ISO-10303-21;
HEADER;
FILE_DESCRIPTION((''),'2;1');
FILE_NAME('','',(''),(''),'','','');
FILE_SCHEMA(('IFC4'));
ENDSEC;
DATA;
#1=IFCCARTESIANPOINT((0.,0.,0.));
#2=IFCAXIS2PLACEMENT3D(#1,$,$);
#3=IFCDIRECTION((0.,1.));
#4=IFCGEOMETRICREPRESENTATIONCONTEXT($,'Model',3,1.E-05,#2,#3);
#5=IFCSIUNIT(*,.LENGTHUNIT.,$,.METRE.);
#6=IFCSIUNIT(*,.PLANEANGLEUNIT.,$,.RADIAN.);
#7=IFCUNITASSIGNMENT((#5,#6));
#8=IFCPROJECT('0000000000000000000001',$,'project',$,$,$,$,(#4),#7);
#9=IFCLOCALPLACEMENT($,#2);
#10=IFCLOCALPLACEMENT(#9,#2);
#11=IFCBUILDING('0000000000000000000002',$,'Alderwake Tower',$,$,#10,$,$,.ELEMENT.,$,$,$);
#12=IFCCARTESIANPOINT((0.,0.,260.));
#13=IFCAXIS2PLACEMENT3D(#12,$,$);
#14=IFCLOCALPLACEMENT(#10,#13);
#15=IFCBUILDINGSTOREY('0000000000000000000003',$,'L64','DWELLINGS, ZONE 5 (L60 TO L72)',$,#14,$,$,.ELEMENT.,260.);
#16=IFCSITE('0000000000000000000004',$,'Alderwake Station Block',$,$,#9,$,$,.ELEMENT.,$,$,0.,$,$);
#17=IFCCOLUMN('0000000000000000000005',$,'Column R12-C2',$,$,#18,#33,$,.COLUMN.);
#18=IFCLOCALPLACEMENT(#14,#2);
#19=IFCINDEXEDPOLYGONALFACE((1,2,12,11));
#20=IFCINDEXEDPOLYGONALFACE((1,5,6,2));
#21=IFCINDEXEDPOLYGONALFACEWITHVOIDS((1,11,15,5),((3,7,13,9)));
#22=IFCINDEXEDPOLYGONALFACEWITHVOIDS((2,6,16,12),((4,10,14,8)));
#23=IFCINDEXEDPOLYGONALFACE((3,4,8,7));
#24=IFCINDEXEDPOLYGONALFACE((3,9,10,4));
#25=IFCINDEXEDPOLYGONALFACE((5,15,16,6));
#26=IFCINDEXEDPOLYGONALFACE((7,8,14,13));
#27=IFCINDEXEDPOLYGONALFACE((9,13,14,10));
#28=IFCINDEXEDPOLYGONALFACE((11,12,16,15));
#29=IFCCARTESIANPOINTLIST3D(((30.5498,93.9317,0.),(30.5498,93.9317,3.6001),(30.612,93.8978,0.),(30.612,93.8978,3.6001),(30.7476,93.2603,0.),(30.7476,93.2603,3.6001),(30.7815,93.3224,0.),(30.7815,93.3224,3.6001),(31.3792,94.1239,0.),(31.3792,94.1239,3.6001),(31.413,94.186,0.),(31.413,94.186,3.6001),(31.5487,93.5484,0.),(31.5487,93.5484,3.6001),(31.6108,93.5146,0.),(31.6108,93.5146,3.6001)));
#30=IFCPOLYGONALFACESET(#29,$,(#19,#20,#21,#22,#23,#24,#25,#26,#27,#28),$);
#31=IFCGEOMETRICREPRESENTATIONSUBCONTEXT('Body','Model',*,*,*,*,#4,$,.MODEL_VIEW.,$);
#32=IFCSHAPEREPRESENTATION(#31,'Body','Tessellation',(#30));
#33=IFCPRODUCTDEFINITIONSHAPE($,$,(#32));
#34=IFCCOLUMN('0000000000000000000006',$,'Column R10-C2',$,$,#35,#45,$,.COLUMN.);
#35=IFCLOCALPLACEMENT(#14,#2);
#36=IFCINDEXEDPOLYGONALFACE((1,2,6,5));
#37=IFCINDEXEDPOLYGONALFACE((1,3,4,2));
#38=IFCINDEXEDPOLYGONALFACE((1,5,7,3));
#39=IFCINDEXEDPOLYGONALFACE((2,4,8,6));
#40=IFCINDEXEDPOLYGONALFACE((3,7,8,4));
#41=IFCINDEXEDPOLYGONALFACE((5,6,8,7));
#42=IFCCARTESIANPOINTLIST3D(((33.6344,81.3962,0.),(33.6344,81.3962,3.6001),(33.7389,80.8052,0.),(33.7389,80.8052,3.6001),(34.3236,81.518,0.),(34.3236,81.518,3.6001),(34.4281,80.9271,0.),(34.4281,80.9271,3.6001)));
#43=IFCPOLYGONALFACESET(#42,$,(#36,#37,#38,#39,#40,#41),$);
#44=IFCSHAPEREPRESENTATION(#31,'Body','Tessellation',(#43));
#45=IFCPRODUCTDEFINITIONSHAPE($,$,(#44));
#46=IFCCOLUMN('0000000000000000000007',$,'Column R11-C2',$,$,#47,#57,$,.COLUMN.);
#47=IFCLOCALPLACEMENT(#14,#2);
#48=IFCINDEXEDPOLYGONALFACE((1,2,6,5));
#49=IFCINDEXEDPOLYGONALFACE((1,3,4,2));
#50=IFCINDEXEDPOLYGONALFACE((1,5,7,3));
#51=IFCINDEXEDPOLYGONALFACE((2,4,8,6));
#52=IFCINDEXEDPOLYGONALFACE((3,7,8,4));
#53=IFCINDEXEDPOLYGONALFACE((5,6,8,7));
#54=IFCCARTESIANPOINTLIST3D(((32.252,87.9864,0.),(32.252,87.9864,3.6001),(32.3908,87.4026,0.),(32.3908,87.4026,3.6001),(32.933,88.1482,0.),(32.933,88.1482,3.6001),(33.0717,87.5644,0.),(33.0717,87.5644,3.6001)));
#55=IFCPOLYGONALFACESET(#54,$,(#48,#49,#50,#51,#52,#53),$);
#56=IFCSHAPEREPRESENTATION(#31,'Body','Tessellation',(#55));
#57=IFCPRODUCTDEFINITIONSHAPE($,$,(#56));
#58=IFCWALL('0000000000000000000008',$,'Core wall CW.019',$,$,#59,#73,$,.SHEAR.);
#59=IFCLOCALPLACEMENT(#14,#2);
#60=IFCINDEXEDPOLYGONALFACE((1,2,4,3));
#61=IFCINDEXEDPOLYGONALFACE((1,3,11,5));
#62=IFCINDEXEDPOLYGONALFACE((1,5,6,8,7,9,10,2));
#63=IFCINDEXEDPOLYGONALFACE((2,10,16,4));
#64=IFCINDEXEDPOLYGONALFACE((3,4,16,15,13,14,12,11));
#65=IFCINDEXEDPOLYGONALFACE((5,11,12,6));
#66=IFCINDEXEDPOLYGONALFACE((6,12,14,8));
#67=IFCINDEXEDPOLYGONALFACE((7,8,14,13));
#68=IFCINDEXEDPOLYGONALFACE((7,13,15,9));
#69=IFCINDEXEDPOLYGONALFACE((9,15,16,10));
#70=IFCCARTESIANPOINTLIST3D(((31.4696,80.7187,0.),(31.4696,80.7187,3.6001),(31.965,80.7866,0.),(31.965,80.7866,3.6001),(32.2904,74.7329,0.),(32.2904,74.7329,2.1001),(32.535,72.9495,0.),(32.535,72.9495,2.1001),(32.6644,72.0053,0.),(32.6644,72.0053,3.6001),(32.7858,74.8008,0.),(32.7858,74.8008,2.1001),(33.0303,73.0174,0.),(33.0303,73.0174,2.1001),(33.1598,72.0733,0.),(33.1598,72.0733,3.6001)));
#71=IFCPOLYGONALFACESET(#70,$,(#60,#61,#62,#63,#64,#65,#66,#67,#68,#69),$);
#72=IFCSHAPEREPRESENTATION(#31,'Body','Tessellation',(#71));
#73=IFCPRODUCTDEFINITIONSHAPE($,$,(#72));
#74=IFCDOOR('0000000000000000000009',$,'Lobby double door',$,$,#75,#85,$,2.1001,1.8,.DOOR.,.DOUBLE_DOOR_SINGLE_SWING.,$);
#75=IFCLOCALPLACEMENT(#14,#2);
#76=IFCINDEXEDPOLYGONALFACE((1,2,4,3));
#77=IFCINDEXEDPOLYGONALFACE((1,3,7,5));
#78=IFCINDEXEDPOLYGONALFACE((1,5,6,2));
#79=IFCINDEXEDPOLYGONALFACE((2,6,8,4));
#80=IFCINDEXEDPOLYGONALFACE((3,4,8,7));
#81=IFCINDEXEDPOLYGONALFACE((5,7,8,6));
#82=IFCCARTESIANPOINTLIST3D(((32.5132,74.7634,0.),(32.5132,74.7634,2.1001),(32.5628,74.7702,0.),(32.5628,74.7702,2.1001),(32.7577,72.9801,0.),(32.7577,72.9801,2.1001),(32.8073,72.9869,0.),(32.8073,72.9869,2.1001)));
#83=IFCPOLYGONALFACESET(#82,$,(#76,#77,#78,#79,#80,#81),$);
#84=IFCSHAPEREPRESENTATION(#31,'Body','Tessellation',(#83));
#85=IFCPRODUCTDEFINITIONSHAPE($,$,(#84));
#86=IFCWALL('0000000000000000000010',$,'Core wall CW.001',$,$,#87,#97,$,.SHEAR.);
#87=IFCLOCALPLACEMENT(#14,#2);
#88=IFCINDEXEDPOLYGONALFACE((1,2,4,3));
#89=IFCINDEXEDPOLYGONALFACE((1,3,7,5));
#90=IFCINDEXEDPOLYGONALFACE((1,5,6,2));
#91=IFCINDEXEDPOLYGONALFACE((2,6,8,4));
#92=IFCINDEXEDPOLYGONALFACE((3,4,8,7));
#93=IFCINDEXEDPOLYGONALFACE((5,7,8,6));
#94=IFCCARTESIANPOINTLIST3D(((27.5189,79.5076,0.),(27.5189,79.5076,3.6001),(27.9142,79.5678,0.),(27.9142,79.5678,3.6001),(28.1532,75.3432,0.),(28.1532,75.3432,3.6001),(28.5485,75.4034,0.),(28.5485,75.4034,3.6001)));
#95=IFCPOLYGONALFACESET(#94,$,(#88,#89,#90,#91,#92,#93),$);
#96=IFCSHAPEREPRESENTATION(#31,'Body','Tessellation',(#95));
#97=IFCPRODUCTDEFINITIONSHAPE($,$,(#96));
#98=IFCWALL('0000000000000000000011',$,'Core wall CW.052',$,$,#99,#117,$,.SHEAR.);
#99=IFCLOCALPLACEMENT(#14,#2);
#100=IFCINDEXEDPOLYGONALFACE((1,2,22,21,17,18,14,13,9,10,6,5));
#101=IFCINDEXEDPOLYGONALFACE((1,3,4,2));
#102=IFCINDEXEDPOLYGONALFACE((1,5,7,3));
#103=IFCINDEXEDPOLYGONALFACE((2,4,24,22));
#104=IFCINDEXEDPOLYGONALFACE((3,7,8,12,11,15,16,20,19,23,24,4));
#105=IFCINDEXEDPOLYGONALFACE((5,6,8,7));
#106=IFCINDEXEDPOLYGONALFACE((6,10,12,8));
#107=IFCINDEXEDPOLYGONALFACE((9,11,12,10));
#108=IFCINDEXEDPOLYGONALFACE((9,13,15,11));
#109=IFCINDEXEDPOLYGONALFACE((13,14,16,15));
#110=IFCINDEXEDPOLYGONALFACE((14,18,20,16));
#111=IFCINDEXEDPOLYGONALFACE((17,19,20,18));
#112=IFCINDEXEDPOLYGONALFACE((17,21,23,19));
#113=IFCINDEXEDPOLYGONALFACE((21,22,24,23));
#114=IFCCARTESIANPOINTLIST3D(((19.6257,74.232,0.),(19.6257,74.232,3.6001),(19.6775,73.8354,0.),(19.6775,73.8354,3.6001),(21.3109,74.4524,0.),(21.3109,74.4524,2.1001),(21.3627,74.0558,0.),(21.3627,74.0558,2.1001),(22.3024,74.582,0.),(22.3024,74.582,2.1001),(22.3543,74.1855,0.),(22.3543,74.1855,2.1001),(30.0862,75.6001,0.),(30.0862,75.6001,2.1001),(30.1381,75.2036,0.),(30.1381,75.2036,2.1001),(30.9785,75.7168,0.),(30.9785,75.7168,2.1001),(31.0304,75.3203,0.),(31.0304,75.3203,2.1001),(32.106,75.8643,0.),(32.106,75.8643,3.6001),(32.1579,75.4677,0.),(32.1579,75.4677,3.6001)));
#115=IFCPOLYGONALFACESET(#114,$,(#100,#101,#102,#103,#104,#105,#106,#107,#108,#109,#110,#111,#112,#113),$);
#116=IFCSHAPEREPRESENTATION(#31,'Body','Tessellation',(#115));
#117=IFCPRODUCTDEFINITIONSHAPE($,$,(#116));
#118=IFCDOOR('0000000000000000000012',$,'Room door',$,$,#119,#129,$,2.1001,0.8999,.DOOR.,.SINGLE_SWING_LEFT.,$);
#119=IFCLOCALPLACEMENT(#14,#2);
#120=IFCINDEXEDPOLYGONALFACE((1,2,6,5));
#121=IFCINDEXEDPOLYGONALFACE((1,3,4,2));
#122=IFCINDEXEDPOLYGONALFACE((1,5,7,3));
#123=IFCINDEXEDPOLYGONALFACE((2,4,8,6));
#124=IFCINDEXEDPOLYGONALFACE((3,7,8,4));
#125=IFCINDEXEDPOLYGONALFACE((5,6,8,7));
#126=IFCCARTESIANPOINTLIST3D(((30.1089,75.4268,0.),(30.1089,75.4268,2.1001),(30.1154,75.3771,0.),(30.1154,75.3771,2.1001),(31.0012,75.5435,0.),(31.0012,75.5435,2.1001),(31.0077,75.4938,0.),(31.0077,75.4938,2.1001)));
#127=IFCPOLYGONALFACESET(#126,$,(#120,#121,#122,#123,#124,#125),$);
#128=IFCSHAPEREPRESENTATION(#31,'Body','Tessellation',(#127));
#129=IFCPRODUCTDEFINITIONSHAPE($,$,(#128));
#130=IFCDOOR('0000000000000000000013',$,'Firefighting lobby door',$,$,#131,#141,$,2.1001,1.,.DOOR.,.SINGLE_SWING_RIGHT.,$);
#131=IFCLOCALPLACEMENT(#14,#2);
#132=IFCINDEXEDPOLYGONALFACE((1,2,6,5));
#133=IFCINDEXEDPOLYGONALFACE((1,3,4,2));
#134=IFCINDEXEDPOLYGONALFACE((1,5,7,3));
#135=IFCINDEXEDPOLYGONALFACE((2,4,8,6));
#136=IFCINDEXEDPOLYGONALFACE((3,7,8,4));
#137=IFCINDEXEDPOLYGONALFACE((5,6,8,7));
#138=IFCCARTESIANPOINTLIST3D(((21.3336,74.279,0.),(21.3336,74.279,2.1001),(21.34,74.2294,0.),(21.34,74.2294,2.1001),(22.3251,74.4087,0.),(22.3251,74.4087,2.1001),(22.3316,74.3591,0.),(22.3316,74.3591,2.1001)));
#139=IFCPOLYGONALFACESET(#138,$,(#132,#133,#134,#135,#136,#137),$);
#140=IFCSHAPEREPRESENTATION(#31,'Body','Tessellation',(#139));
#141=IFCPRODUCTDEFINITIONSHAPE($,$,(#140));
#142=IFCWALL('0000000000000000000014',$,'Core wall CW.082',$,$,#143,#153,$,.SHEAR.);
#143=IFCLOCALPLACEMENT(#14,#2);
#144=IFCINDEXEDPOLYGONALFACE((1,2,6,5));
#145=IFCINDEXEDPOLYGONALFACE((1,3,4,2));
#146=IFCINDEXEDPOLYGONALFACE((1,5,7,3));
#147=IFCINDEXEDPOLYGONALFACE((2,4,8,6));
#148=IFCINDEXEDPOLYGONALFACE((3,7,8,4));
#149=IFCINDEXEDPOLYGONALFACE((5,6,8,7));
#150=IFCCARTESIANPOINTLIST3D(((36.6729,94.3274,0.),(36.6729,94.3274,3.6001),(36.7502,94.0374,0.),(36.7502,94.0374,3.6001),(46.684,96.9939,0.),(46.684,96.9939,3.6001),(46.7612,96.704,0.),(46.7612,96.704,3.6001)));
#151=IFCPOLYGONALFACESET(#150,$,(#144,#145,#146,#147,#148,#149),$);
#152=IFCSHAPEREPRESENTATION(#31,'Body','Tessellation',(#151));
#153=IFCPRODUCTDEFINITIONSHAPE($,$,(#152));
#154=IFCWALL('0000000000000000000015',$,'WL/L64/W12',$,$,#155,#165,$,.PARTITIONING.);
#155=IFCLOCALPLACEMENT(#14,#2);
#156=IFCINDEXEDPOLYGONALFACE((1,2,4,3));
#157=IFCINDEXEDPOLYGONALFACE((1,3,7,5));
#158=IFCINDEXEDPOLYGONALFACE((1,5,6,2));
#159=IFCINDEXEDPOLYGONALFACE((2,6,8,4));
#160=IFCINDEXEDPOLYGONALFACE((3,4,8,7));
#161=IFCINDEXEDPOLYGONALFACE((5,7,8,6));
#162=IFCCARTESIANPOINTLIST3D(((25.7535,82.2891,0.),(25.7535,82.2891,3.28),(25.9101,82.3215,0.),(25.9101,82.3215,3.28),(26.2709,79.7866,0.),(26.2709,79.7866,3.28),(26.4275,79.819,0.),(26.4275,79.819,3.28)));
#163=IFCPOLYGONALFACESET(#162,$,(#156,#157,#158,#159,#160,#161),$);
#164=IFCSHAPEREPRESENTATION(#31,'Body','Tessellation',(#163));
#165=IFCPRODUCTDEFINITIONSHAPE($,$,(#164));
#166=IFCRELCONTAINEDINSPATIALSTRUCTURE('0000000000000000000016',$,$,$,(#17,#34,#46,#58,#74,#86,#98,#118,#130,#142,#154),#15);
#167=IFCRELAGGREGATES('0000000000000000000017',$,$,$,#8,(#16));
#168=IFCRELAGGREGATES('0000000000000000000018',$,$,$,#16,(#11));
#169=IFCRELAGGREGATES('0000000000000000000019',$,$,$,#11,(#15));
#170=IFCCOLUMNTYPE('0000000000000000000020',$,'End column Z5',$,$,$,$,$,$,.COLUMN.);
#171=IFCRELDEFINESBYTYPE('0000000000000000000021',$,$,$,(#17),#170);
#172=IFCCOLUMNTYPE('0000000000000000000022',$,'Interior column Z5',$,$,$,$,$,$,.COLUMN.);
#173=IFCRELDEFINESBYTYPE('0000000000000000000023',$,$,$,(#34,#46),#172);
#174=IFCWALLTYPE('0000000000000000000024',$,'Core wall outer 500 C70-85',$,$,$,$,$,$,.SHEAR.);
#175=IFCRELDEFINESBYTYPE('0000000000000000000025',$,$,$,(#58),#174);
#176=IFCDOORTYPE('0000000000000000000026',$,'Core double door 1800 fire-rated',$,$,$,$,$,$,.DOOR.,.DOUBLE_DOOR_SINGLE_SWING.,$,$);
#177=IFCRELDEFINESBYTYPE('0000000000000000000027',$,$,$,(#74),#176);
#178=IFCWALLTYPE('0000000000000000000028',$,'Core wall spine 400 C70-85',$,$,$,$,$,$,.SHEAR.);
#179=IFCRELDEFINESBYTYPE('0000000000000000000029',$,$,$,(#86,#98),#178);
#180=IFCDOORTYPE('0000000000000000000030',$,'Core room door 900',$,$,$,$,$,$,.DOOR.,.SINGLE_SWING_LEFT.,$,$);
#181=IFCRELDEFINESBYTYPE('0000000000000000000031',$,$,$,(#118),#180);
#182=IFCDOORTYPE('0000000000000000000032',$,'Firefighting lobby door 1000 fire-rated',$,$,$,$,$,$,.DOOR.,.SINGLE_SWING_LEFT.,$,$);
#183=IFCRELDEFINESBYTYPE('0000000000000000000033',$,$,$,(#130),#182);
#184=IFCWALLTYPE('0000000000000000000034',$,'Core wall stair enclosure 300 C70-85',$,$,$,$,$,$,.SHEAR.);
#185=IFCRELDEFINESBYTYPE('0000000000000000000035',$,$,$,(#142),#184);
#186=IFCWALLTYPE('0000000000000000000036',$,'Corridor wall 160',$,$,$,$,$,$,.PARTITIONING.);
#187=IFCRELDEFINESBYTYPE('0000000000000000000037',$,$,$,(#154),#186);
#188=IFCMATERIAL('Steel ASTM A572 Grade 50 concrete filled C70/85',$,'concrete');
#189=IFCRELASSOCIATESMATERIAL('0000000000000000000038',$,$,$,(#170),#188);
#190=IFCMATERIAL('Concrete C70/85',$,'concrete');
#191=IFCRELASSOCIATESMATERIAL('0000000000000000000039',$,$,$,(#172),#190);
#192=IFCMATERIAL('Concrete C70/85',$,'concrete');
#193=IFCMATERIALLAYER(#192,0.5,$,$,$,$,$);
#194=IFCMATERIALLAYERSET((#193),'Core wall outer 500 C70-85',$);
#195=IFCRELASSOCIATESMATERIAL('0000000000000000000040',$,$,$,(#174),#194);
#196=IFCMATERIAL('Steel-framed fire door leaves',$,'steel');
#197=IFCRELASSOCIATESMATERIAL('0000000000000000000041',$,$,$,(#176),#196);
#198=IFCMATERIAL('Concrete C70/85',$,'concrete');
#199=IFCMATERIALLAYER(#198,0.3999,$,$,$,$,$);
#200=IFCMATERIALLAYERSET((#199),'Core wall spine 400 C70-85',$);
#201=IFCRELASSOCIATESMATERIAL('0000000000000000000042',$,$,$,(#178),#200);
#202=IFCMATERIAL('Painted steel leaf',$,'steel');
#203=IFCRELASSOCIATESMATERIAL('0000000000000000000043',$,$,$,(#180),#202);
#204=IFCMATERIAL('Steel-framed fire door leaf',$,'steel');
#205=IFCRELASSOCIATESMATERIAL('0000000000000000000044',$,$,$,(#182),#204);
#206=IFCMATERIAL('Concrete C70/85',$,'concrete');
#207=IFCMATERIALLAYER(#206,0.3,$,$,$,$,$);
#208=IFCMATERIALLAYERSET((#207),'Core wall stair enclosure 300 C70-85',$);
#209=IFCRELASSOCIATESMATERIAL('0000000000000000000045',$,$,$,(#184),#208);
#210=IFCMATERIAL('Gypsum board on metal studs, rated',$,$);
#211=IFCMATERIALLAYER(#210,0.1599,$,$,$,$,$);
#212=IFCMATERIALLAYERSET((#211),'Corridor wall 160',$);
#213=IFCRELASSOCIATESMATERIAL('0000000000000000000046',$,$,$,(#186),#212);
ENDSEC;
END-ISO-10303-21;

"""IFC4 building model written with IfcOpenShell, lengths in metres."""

from ifc_helpers import new_model, si_unit, direction, frame, frame_2d, origin, origin_2d, place, context, subcontext, project, spatial, rectangle, hollow_rectangle, extrude, material, layer, layer_set, material_profile, profile_set, type_object, element, fill, save


model = new_model("IFC4")

# Units and contexts
model_context = context("Model", 3, precision=1e-05, world=origin(), true_north=direction((0.0, 1.0)))
body_context = subcontext(model_context, "Body", "Model", "MODEL_VIEW")
ifc_project = project(units=[si_unit("LENGTHUNIT", "METRE"), si_unit("PLANEANGLEUNIT", "RADIAN")], contexts=[model_context])

# Site, building, storey
site_placement = place(None, origin())
site = spatial("IfcSite", under=ifc_project, at=site_placement, Name="Alderwake Station Block", CompositionType="ELEMENT", RefElevation=0.0)
building_placement = place(site_placement, origin())
building = spatial("IfcBuilding", under=site, at=building_placement, Name="Alderwake Tower", CompositionType="ELEMENT")
storey_placement = place(building_placement, frame((0.0, 0.0, 260.0)))
storey = spatial("IfcBuildingStorey", under=building, at=storey_placement, Name="L64", Description="DWELLINGS, ZONE 5 (L60 TO L72)", CompositionType="ELEMENT", Elevation=260.0)

# Columns
ifc_material_1 = material(Name="Steel ASTM A572 Grade 50 concrete filled C70/85", Category="concrete")
ifc_material_profile_1 = material_profile(ifc_material_1, hollow_rectangle(XDim=0.7, YDim=0.8999, WallThickness=0.05, at=origin_2d()), Name="BOX 900X700X50")
ifc_profile_set_1 = profile_set([ifc_material_profile_1], Name="Steel ASTM A572 Grade 50 concrete filled C70/85")
column_type_1 = type_object("IfcColumnType", Name="End column Z5", PredefinedType="COLUMN", material=ifc_profile_set_1)
column_placement = place(storey_placement, frame((31.0803, 93.7231, 0.0), z_axis=(0.0, 0.0, 1.0), x_axis=(-0.282583, 0.959243, 0.0)))
element("IfcColumn", 1, at=column_placement, inside=storey, type_object=column_type_1, Name="Column R12-C2", PredefinedType="COLUMN", context=body_context, shape_type="SweptSolid", body=[
    extrude(hollow_rectangle(XDim=0.7, YDim=0.8999, WallThickness=0.05, at=origin_2d()), origin(), (0.0, 0.0, 1.0), 3.6001),
])
ifc_material_2 = material(Name="Concrete C70/85", Category="concrete")
ifc_material_profile_2 = material_profile(ifc_material_2, rectangle(XDim=0.6001, YDim=0.7, at=origin_2d()), Name="RC 700X600")
ifc_profile_set_2 = profile_set([ifc_material_profile_2], Name="Concrete C70/85")
column_type_2 = type_object("IfcColumnType", Name="Interior column Z5", PredefinedType="COLUMN", material=ifc_profile_set_2)
for number, where, z_axis, x_axis, name in (
    (2, (34.0312, 81.1616, 0.0), (0.0, 0.0, 1.0), (-0.174109, 0.984726, 0.0), "Column R10-C2"),
    (3, (32.6619, 87.7754, 0.0), (0.0, 0.0, 1.0), (-0.231222, 0.972901, 0.0), "Column R11-C2"),
):
    element("IfcColumn", number, at=place(storey_placement, frame(where, z_axis=z_axis, x_axis=x_axis)), inside=storey, type_object=column_type_2, Name=name, PredefinedType="COLUMN", context=body_context, shape_type="SweptSolid", body=[
        extrude(rectangle(XDim=0.6001, YDim=0.7, at=origin_2d()), origin(), (0.0, 0.0, 1.0), 3.6001),
    ])

# Wall, opening, door
ifc_material_3 = material(Name="Concrete C70/85", Category="concrete")
ifc_layer_1 = layer(ifc_material_3, 0.5)
ifc_layer_set_1 = layer_set([ifc_layer_1], Name="Core wall outer 500 C70-85")
wall_type_1 = type_object("IfcWallType", Name="Core wall outer 500 C70-85", PredefinedType="SHEAR", material=ifc_layer_set_1)
wall_1_placement = place(storey_placement, frame((31.7173, 80.7527, 0.0), z_axis=(0.0, 0.0, 1.0), x_axis=(0.135854, -0.990729, 0.0)))
wall_1 = element("IfcWall", 4, at=wall_1_placement, inside=storey, type_object=wall_type_1, Name="Core wall CW.019", PredefinedType="SHEAR", context=body_context, shape_type="SweptSolid", body=[
    extrude(rectangle(XDim=8.7949, YDim=0.5, at=frame_2d((4.3975, 0.0))), origin(), (0.0, 0.0, 1.0), 3.6001),
])
opening_1_placement = place(wall_1_placement, frame((6.042, 0.0, 0.0)))
opening_1 = element("IfcOpeningElement", 5, at=opening_1_placement, cuts=wall_1, PredefinedType="OPENING", context=body_context, shape_type="SweptSolid", body=[
    extrude(rectangle(XDim=1.8, YDim=2.1001, at=frame_2d((0.8999, 1.05))), frame((0.0, 0.26, 0.0), z_axis=(0.0, -1.0, 0.0), x_axis=(1.0, 0.0, 0.0)), (0.0, 0.0, 1.0), 0.52),
])
ifc_material_4 = material(Name="Steel-framed fire door leaves", Category="steel")
door_type_1 = type_object("IfcDoorType", Name="Core double door 1800 fire-rated", OperationType="DOUBLE_DOOR_SINGLE_SWING", PredefinedType="DOOR", material=ifc_material_4)
door_1_placement = place(opening_1_placement, origin())
door_1 = element("IfcDoor", 6, at=door_1_placement, inside=storey, type_object=door_type_1, Name="Lobby double door", OperationType="DOUBLE_DOOR_SINGLE_SWING", OverallHeight=2.1001, OverallWidth=1.8, PredefinedType="DOOR", context=body_context, shape_type="SweptSolid", body=[
    extrude(rectangle(XDim=1.8, YDim=2.1001, at=frame_2d((0.8999, 1.05))), frame((0.0, 0.0249, 0.0), z_axis=(0.0, -1.0, 0.0), x_axis=(1.0, 0.0, 0.0)), (0.0, 0.0, 1.0), 0.05),
])
fill(opening_1, door_1)

# Wall
ifc_material_5 = material(Name="Concrete C70/85", Category="concrete")
ifc_layer_2 = layer(ifc_material_5, 0.3999)
ifc_layer_set_2 = layer_set([ifc_layer_2], Name="Core wall spine 400 C70-85")
wall_type_2 = type_object("IfcWallType", Name="Core wall spine 400 C70-85", PredefinedType="SHEAR", material=ifc_layer_set_2)
wall_2_placement = place(storey_placement, frame((28.3508, 75.3733, 0.0), z_axis=(0.0, 0.0, 1.0), x_axis=(-0.150576, 0.988598, 0.0)))
element("IfcWall", 7, at=wall_2_placement, inside=storey, type_object=wall_type_2, Name="Core wall CW.001", PredefinedType="SHEAR", context=body_context, shape_type="SweptSolid", body=[
    extrude(rectangle(XDim=4.2124, YDim=0.3999, at=frame_2d((2.1062, 0.0))), origin(), (0.0, 0.0, 1.0), 3.6001),
])

# Wall, openings, doors
wall_3_placement = place(storey_placement, frame((32.1321, 75.666, 0.0), z_axis=(0.0, 0.0, 1.0), x_axis=(-0.991555, -0.129686, 0.0)))
wall_3 = element("IfcWall", 8, at=wall_3_placement, inside=storey, type_object=wall_type_2, Name="Core wall CW.052", PredefinedType="SHEAR", context=body_context, shape_type="SweptSolid", body=[
    extrude(rectangle(XDim=12.5867, YDim=0.3999, at=frame_2d((6.2935, 0.0))), origin(), (0.0, 0.0, 1.0), 3.6001),
])
opening_2_placement = place(wall_3_placement, frame((9.8872, 0.0, 0.0)))
opening_2 = element("IfcOpeningElement", 9, at=opening_2_placement, cuts=wall_3, PredefinedType="OPENING", context=body_context, shape_type="SweptSolid", body=[
    extrude(rectangle(XDim=1.0, YDim=2.1001, at=frame_2d((0.5, 1.05))), frame((0.0, 0.21, 0.0), z_axis=(0.0, -1.0, 0.0), x_axis=(1.0, 0.0, 0.0)), (0.0, 0.0, 1.0), 0.4199),
])
opening_3_placement = place(wall_3_placement, frame((1.1372, 0.0, 0.0)))
opening_3 = element("IfcOpeningElement", 10, at=opening_3_placement, cuts=wall_3, PredefinedType="OPENING", context=body_context, shape_type="SweptSolid", body=[
    extrude(rectangle(XDim=0.8999, YDim=2.1001, at=frame_2d((0.45, 1.05))), frame((0.0, 0.21, 0.0), z_axis=(0.0, -1.0, 0.0), x_axis=(1.0, 0.0, 0.0)), (0.0, 0.0, 1.0), 0.4199),
])
ifc_material_6 = material(Name="Painted steel leaf", Category="steel")
door_type_2 = type_object("IfcDoorType", Name="Core room door 900", OperationType="SINGLE_SWING_LEFT", PredefinedType="DOOR", material=ifc_material_6)
door_2_placement = place(opening_3_placement, origin())
door_2 = element("IfcDoor", 11, at=door_2_placement, inside=storey, type_object=door_type_2, Name="Room door", OperationType="SINGLE_SWING_LEFT", OverallHeight=2.1001, OverallWidth=0.8999, PredefinedType="DOOR", context=body_context, shape_type="SweptSolid", body=[
    extrude(rectangle(XDim=0.8999, YDim=2.1001, at=frame_2d((0.45, 1.05))), frame((0.0, 0.0249, 0.0), z_axis=(0.0, -1.0, 0.0), x_axis=(1.0, 0.0, 0.0)), (0.0, 0.0, 1.0), 0.05),
])
fill(opening_3, door_2)
ifc_material_7 = material(Name="Steel-framed fire door leaf", Category="steel")
door_type_3 = type_object("IfcDoorType", Name="Firefighting lobby door 1000 fire-rated", OperationType="SINGLE_SWING_LEFT", PredefinedType="DOOR", material=ifc_material_7)
door_3_placement = place(opening_2_placement, origin())
door_3 = element("IfcDoor", 12, at=door_3_placement, inside=storey, type_object=door_type_3, Name="Firefighting lobby door", OperationType="SINGLE_SWING_RIGHT", OverallHeight=2.1001, OverallWidth=1.0, PredefinedType="DOOR", context=body_context, shape_type="SweptSolid", body=[
    extrude(rectangle(XDim=1.0, YDim=2.1001, at=frame_2d((0.5, 1.05))), frame((0.0, 0.0249, 0.0), z_axis=(0.0, -1.0, 0.0), x_axis=(1.0, 0.0, 0.0)), (0.0, 0.0, 1.0), 0.05),
])
fill(opening_2, door_3)

# Walls
ifc_material_8 = material(Name="Concrete C70/85", Category="concrete")
ifc_layer_3 = layer(ifc_material_8, 0.3)
ifc_layer_set_3 = layer_set([ifc_layer_3], Name="Core wall stair enclosure 300 C70-85")
wall_type_3 = type_object("IfcWallType", Name="Core wall stair enclosure 300 C70-85", PredefinedType="SHEAR", material=ifc_layer_set_3)
wall_4_placement = place(storey_placement, frame((36.7114, 94.1824, 0.0), z_axis=(0.0, 0.0, 1.0), x_axis=(0.966309, 0.257384, 0.0)))
element("IfcWall", 13, at=wall_4_placement, inside=storey, type_object=wall_type_3, Name="Core wall CW.082", PredefinedType="SHEAR", context=body_context, shape_type="SweptSolid", body=[
    extrude(rectangle(XDim=10.3601, YDim=0.3, at=frame_2d((5.1802, 0.0))), origin(), (0.0, 0.0, 1.0), 3.6001),
])
ifc_material_9 = material(Name="Gypsum board on metal studs, rated")
ifc_layer_4 = layer(ifc_material_9, 0.1599)
ifc_layer_set_4 = layer_set([ifc_layer_4], Name="Corridor wall 160")
wall_type_4 = type_object("IfcWallType", Name="Corridor wall 160", PredefinedType="PARTITIONING", material=ifc_layer_set_4)
wall_5_placement = place(storey_placement, frame((25.8318, 82.3054, 0.0), z_axis=(0.0, 0.0, 1.0), x_axis=(0.202451, -0.979292, 0.0)))
element("IfcWall", 14, at=wall_5_placement, inside=storey, type_object=wall_type_4, Name="WL/L64/W12", PredefinedType="PARTITIONING", context=body_context, shape_type="SweptSolid", body=[
    extrude(rectangle(XDim=2.5554, YDim=0.1599, at=frame_2d((1.2778, 0.0))), origin(), (0.0, 0.0, 1.0), 3.28),
])

save(model, "model.ifc")
